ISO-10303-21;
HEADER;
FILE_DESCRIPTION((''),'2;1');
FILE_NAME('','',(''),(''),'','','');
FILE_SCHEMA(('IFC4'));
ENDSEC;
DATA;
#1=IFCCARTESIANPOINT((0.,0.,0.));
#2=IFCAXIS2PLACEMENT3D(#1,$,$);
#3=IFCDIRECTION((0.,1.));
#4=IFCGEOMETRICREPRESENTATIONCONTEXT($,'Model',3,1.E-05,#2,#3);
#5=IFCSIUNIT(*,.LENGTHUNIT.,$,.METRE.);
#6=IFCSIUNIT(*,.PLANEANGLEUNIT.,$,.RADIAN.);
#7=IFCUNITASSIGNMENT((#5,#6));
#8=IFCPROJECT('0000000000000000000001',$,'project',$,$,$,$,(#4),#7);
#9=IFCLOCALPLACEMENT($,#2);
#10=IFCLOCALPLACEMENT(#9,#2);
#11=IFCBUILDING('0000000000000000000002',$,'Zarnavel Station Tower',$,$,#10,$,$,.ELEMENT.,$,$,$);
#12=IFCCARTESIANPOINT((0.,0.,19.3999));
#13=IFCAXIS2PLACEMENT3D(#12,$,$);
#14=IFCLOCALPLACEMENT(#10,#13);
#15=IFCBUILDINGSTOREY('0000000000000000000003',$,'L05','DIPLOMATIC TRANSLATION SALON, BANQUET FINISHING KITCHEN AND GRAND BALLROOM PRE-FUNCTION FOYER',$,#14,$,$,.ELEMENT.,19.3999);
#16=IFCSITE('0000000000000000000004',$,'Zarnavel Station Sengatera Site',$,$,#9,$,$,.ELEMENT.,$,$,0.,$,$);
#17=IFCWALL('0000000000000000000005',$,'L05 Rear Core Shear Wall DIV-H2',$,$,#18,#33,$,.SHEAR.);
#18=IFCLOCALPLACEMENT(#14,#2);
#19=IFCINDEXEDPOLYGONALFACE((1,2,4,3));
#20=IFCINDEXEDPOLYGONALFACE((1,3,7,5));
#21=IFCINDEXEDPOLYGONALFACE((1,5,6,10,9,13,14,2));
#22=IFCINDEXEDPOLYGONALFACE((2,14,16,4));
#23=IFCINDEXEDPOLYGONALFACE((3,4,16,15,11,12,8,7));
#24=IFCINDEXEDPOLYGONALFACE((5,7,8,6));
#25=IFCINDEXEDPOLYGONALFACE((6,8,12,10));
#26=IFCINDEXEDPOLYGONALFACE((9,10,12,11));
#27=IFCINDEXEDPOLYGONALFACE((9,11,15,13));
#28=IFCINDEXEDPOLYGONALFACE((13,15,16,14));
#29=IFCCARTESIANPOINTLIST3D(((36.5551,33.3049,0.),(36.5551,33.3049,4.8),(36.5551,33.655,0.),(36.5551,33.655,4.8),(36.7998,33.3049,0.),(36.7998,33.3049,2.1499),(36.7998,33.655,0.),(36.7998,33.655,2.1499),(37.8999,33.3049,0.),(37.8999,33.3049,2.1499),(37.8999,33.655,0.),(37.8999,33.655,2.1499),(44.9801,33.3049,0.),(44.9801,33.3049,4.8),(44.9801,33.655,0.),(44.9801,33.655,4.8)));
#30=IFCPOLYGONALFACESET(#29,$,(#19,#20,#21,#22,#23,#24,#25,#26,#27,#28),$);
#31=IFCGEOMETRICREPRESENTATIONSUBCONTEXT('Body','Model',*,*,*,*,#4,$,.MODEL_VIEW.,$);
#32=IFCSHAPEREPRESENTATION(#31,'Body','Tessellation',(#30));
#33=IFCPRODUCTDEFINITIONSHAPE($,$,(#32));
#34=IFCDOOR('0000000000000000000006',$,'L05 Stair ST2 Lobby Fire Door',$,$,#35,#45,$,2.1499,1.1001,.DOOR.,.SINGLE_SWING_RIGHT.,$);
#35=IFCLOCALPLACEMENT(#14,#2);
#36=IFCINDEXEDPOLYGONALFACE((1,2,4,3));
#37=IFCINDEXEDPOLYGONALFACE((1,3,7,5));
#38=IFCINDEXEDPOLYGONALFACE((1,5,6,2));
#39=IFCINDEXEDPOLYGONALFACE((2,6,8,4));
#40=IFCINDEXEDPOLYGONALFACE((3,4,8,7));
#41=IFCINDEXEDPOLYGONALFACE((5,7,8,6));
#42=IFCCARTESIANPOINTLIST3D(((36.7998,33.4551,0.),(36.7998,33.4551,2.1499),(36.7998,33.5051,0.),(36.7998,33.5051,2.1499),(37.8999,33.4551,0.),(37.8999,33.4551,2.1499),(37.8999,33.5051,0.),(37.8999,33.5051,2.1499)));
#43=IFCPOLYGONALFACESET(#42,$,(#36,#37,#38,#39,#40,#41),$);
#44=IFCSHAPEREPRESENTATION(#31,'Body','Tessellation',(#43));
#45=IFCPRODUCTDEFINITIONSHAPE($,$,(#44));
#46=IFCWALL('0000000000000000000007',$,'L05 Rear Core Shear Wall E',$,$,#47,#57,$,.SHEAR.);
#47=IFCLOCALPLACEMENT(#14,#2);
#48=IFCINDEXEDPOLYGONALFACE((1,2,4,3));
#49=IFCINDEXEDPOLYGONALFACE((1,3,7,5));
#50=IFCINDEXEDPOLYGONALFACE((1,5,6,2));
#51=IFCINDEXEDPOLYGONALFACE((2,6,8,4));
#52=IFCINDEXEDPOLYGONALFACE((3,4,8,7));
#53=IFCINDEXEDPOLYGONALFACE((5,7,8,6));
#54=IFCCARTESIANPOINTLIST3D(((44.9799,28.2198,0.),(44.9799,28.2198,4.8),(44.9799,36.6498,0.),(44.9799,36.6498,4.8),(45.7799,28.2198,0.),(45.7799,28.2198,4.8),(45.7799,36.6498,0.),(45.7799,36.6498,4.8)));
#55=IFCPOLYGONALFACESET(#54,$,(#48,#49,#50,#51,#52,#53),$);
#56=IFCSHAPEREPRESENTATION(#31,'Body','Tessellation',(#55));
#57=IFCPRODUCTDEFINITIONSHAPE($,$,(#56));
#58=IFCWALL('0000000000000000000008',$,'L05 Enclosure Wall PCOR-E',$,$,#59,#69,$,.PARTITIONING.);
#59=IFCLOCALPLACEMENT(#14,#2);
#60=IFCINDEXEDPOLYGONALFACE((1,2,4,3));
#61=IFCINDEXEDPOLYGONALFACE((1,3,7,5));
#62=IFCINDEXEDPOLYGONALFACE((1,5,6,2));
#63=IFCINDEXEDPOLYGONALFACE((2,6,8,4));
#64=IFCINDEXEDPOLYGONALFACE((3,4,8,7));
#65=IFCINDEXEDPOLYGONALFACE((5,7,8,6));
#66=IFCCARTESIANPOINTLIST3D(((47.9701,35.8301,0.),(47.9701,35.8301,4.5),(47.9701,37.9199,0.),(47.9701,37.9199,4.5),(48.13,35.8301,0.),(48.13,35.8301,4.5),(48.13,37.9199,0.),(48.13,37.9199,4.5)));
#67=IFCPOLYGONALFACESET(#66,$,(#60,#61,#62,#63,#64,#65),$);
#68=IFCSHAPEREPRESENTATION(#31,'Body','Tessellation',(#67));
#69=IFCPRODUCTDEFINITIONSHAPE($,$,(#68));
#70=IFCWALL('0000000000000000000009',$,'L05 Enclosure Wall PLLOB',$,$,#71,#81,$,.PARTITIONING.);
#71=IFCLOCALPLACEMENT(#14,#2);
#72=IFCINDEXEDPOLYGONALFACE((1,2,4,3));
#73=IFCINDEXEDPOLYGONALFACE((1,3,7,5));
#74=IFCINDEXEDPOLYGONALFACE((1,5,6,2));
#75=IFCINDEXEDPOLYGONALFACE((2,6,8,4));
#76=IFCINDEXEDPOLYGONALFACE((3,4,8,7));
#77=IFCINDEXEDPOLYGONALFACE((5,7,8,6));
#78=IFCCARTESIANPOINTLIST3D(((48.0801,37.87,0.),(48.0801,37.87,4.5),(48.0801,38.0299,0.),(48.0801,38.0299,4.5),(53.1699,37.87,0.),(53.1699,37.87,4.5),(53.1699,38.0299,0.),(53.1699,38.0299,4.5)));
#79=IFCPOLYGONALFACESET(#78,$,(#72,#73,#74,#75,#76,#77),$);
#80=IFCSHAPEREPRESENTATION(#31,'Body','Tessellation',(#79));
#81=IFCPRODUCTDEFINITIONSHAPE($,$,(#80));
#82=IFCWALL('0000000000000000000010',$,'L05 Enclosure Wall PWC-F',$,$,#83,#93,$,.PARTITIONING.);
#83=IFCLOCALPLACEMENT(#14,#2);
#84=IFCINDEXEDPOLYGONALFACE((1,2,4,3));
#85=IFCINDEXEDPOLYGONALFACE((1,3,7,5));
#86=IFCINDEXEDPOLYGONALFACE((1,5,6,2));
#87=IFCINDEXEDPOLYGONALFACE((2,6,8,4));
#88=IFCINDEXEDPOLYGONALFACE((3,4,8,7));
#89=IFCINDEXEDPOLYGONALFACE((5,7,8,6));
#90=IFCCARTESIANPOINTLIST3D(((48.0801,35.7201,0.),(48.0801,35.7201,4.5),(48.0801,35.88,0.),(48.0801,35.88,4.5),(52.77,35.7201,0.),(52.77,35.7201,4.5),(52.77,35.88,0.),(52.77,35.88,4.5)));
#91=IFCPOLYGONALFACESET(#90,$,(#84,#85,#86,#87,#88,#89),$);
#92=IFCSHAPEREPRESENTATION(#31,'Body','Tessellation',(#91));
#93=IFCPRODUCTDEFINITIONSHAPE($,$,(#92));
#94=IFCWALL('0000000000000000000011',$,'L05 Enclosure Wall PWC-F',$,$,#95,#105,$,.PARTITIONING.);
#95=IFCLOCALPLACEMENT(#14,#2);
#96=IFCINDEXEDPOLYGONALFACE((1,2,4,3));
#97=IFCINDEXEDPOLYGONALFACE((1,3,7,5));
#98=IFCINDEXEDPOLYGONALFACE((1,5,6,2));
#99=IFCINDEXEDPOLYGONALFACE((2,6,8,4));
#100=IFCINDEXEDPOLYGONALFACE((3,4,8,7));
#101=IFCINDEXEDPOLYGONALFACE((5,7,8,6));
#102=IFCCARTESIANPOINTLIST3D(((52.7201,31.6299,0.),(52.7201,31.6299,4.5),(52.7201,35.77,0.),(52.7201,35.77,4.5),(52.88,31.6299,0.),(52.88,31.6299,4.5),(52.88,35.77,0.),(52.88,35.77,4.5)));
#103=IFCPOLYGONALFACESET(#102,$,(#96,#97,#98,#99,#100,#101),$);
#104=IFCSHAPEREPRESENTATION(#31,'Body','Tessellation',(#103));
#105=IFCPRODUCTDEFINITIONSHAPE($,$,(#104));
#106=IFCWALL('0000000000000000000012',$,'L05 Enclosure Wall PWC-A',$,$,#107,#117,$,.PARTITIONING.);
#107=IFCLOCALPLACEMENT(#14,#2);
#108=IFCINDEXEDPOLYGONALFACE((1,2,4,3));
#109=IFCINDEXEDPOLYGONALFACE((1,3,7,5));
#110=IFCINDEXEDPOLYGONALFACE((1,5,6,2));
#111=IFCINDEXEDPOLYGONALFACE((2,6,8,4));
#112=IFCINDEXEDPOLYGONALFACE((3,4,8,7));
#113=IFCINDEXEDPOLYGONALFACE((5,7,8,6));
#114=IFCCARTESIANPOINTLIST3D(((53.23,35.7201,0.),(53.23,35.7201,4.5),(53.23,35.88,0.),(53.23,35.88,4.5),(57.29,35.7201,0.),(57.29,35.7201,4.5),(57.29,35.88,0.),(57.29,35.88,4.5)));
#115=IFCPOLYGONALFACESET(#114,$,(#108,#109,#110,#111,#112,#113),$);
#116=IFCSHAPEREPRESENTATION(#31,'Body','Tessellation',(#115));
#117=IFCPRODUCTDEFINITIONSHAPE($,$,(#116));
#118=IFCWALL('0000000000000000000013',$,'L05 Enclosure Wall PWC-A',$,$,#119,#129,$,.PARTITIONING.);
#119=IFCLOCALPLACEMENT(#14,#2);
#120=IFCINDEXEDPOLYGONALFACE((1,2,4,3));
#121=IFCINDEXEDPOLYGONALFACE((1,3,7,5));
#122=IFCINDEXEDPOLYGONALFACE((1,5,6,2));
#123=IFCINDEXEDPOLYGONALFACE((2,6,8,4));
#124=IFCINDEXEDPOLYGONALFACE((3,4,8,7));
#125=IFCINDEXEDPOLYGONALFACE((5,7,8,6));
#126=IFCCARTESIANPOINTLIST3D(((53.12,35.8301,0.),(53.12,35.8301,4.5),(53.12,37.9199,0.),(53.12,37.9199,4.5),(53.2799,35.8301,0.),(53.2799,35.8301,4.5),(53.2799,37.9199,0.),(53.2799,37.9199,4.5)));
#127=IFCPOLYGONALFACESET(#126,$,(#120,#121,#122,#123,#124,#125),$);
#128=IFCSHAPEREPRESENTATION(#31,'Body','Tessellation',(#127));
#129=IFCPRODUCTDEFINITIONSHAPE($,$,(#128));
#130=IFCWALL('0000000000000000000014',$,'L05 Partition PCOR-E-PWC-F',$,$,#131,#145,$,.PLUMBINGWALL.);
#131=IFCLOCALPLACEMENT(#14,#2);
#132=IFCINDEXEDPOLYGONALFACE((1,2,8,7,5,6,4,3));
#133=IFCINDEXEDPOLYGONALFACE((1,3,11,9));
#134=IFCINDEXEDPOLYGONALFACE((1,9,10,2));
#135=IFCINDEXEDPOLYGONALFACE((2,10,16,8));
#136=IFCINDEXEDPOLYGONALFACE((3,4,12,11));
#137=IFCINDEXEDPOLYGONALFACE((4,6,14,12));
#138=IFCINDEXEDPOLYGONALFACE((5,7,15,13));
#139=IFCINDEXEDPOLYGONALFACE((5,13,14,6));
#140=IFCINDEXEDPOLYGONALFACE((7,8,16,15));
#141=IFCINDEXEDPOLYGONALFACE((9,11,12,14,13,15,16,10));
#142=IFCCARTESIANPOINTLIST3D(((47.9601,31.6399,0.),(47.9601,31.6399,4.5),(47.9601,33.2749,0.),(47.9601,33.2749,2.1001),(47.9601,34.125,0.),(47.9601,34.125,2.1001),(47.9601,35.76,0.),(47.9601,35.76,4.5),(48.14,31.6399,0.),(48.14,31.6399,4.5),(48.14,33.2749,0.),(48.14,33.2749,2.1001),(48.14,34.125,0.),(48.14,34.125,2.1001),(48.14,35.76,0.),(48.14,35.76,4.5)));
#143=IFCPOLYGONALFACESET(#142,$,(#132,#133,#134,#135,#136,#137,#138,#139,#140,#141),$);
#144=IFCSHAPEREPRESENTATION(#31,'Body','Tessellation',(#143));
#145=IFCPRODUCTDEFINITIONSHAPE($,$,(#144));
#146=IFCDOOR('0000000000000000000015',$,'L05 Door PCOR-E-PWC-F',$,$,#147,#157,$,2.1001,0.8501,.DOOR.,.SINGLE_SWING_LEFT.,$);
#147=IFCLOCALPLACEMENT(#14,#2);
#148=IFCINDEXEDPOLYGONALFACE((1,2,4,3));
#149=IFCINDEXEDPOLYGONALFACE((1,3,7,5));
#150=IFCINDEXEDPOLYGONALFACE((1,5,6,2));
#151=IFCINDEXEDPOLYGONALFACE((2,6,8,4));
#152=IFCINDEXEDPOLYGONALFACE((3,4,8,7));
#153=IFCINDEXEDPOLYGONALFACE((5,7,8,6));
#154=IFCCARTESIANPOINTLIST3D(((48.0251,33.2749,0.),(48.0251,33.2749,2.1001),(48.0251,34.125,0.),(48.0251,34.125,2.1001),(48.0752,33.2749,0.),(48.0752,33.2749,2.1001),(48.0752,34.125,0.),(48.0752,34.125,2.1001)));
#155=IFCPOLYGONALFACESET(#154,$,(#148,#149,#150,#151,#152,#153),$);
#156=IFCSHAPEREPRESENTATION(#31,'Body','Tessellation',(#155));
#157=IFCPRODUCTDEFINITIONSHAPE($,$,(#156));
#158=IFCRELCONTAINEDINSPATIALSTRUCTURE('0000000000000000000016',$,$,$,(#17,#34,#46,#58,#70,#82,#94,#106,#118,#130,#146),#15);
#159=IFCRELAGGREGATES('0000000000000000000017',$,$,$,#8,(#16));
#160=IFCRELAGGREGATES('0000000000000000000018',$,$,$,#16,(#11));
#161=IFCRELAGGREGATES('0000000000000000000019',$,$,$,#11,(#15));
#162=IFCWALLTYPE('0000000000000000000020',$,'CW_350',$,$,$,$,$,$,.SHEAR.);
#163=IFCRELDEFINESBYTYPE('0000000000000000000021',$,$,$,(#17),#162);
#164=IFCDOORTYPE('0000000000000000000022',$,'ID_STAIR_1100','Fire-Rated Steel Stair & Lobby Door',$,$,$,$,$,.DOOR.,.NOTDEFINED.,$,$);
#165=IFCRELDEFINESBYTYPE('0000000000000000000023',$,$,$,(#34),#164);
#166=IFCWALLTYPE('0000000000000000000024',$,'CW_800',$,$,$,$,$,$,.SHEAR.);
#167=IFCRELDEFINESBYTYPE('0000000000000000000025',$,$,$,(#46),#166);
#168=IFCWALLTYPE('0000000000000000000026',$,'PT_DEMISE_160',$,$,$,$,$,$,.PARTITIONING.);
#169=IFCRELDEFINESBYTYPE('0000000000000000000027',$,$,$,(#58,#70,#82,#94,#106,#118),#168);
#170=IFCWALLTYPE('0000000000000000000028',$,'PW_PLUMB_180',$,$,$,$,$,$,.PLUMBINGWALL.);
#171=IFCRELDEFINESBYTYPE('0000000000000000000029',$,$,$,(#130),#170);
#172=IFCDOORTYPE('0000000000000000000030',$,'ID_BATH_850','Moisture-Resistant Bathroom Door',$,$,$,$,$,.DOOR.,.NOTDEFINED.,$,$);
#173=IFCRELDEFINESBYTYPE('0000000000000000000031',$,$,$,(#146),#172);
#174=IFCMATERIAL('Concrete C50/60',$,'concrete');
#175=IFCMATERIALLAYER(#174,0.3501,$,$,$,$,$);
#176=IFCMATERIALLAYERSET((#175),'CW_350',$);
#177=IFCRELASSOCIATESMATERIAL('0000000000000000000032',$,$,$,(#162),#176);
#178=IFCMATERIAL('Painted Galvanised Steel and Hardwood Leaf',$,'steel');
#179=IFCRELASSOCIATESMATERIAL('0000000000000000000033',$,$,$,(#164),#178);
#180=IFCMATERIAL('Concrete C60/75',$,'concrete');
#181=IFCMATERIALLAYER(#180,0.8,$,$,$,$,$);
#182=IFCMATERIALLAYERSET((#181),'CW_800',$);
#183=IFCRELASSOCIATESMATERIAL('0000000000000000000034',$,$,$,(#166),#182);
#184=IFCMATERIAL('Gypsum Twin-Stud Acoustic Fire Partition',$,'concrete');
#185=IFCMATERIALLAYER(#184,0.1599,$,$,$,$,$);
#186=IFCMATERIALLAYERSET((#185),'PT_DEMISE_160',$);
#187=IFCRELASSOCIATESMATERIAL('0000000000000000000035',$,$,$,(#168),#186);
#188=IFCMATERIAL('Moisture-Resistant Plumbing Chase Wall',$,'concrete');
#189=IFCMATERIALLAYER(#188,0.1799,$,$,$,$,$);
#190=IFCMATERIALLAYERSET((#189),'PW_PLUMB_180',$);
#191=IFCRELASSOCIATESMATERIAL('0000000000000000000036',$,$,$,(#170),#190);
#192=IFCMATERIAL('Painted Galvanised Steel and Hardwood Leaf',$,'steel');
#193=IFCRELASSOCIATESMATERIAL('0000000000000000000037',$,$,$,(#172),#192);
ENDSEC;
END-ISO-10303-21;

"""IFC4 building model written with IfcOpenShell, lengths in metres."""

from ifc_helpers import new_model, si_unit, direction, frame, frame_2d, origin, place, context, subcontext, project, spatial, rectangle, extrude, material, layer, layer_set, type_object, element, fill, save


model = new_model("IFC4")

# Units and contexts
model_context = context("Model", 3, precision=1e-05, world=origin(), true_north=direction((0.0, 1.0)))
body_context = subcontext(model_context, "Body", "Model", "MODEL_VIEW")
ifc_project = project(units=[si_unit("LENGTHUNIT", "METRE"), si_unit("PLANEANGLEUNIT", "RADIAN")], contexts=[model_context])

# Site, building, storey
site_placement = place(None, origin())
site = spatial("IfcSite", under=ifc_project, at=site_placement, Name="Zarnavel Station Sengatera Site", CompositionType="ELEMENT", RefElevation=0.0)
building_placement = place(site_placement, origin())
building = spatial("IfcBuilding", under=site, at=building_placement, Name="Zarnavel Station Tower", CompositionType="ELEMENT")
storey_placement = place(building_placement, frame((0.0, 0.0, 19.3999)))
storey = spatial("IfcBuildingStorey", under=building, at=storey_placement, Name="L05", Description="DIPLOMATIC TRANSLATION SALON, BANQUET FINISHING KITCHEN AND GRAND BALLROOM PRE-FUNCTION FOYER", CompositionType="ELEMENT", Elevation=19.3999)

# Wall, opening, door
ifc_material_1 = material(Name="Concrete C50/60", Category="concrete")
ifc_layer_1 = layer(ifc_material_1, 0.3501)
ifc_layer_set_1 = layer_set([ifc_layer_1], Name="CW_350")
wall_type_1 = type_object("IfcWallType", Name="CW_350", PredefinedType="SHEAR", material=ifc_layer_set_1)
wall_1_placement = place(storey_placement, frame((44.98, 33.48, 0.0), z_axis=(0.0, 0.0, 1.0), x_axis=(-1.0, 0.0, 0.0)))
wall_1 = element("IfcWall", 1, at=wall_1_placement, inside=storey, type_object=wall_type_1, Name="L05 Rear Core Shear Wall DIV-H2", PredefinedType="SHEAR", context=body_context, shape_type="SweptSolid", body=[
    extrude(rectangle(XDim=8.425, YDim=0.3501, at=frame_2d((4.2124, 0.0))), origin(), (0.0, 0.0, 1.0), 4.8),
])
opening_1_placement = place(wall_1_placement, frame((7.0801, 0.0, 0.0)))
opening_1 = element("IfcOpeningElement", 2, at=opening_1_placement, cuts=wall_1, PredefinedType="OPENING", context=body_context, shape_type="SweptSolid", body=[
    extrude(rectangle(XDim=1.1001, YDim=2.1499, at=frame_2d((0.55, 1.075))), frame((0.0, 0.1851, 0.0), z_axis=(0.0, -1.0, 0.0), x_axis=(1.0, 0.0, 0.0)), (0.0, 0.0, 1.0), 0.3701),
])
ifc_material_2 = material(Name="Painted Galvanised Steel and Hardwood Leaf", Category="steel")
door_type_1 = type_object("IfcDoorType", Name="ID_STAIR_1100", Description="Fire-Rated Steel Stair & Lobby Door", OperationType="NOTDEFINED", PredefinedType="DOOR", material=ifc_material_2)
door_1_placement = place(opening_1_placement, origin())
door_1 = element("IfcDoor", 3, at=door_1_placement, inside=storey, type_object=door_type_1, Name="L05 Stair ST2 Lobby Fire Door", OperationType="SINGLE_SWING_RIGHT", OverallHeight=2.1499, OverallWidth=1.1001, PredefinedType="DOOR", context=body_context, shape_type="SweptSolid", body=[
    extrude(rectangle(XDim=1.1001, YDim=2.1499, at=frame_2d((0.55, 1.075))), frame((0.0, 0.0249, 0.0), z_axis=(0.0, -1.0, 0.0), x_axis=(1.0, 0.0, 0.0)), (0.0, 0.0, 1.0), 0.05),
])
fill(opening_1, door_1)

# Shared definitions
ifc_material_3 = material(Name="Concrete C60/75", Category="concrete")
ifc_layer_2 = layer(ifc_material_3, 0.8)
ifc_layer_set_2 = layer_set([ifc_layer_2], Name="CW_800")
wall_type_2 = type_object("IfcWallType", Name="CW_800", PredefinedType="SHEAR", material=ifc_layer_set_2)

# Walls
wall_2_placement = place(storey_placement, frame((45.3799, 28.22, 0.0), z_axis=(0.0, 0.0, 1.0), x_axis=(0.0, 1.0, 0.0)))
element("IfcWall", 4, at=wall_2_placement, inside=storey, type_object=wall_type_2, Name="L05 Rear Core Shear Wall E", PredefinedType="SHEAR", context=body_context, shape_type="SweptSolid", body=[
    extrude(rectangle(XDim=8.4299, YDim=0.8, at=frame_2d((4.2148, 0.0))), origin(), (0.0, 0.0, 1.0), 4.8),
])
ifc_material_4 = material(Name="Gypsum Twin-Stud Acoustic Fire Partition", Category="concrete")
ifc_layer_3 = layer(ifc_material_4, 0.1599)
ifc_layer_set_3 = layer_set([ifc_layer_3], Name="PT_DEMISE_160")
wall_type_3 = type_object("IfcWallType", Name="PT_DEMISE_160", PredefinedType="PARTITIONING", material=ifc_layer_set_3)
wall_3_placement = place(storey_placement, frame((48.05, 35.8301, 0.0), z_axis=(0.0, 0.0, 1.0), x_axis=(0.0, 1.0, 0.0)))
element("IfcWall", 5, at=wall_3_placement, inside=storey, type_object=wall_type_3, Name="L05 Enclosure Wall PCOR-E", PredefinedType="PARTITIONING", context=body_context, shape_type="SweptSolid", body=[
    extrude(rectangle(XDim=2.0898, YDim=0.1599, at=frame_2d((1.0449, 0.0))), origin(), (0.0, 0.0, 1.0), 4.5),
])
wall_4_placement = place(storey_placement, frame((48.0801, 37.95, 0.0), z_axis=(0.0, 0.0, 1.0), x_axis=(1.0, 0.0, 0.0)))
element("IfcWall", 6, at=wall_4_placement, inside=storey, type_object=wall_type_3, Name="L05 Enclosure Wall PLLOB", PredefinedType="PARTITIONING", context=body_context, shape_type="SweptSolid", body=[
    extrude(rectangle(XDim=5.0898, YDim=0.1599, at=frame_2d((2.5449, 0.0))), origin(), (0.0, 0.0, 1.0), 4.5),
])
wall_5_placement = place(storey_placement, frame((48.0801, 35.8, 0.0), z_axis=(0.0, 0.0, 1.0), x_axis=(1.0, 0.0, 0.0)))
element("IfcWall", 7, at=wall_5_placement, inside=storey, type_object=wall_type_3, Name="L05 Enclosure Wall PWC-F", PredefinedType="PARTITIONING", context=body_context, shape_type="SweptSolid", body=[
    extrude(rectangle(XDim=4.6899, YDim=0.1599, at=frame_2d((2.345, 0.0))), origin(), (0.0, 0.0, 1.0), 4.5),
])
wall_6_placement = place(storey_placement, frame((52.8, 31.6299, 0.0), z_axis=(0.0, 0.0, 1.0), x_axis=(0.0, 1.0, 0.0)))
element("IfcWall", 8, at=wall_6_placement, inside=storey, type_object=wall_type_3, Name="L05 Enclosure Wall PWC-F", PredefinedType="PARTITIONING", context=body_context, shape_type="SweptSolid", body=[
    extrude(rectangle(XDim=4.1401, YDim=0.1599, at=frame_2d((2.0701, 0.0))), origin(), (0.0, 0.0, 1.0), 4.5),
])
wall_7_placement = place(storey_placement, frame((53.23, 35.8, 0.0), z_axis=(0.0, 0.0, 1.0), x_axis=(1.0, 0.0, 0.0)))
element("IfcWall", 9, at=wall_7_placement, inside=storey, type_object=wall_type_3, Name="L05 Enclosure Wall PWC-A", PredefinedType="PARTITIONING", context=body_context, shape_type="SweptSolid", body=[
    extrude(rectangle(XDim=4.0601, YDim=0.1599, at=frame_2d((2.03, 0.0))), origin(), (0.0, 0.0, 1.0), 4.5),
])
wall_8_placement = place(storey_placement, frame((53.2, 35.8301, 0.0), z_axis=(0.0, 0.0, 1.0), x_axis=(0.0, 1.0, 0.0)))
element("IfcWall", 10, at=wall_8_placement, inside=storey, type_object=wall_type_3, Name="L05 Enclosure Wall PWC-A", PredefinedType="PARTITIONING", context=body_context, shape_type="SweptSolid", body=[
    extrude(rectangle(XDim=2.0898, YDim=0.1599, at=frame_2d((1.0449, 0.0))), origin(), (0.0, 0.0, 1.0), 4.5),
])

# Wall, opening, door
ifc_material_5 = material(Name="Moisture-Resistant Plumbing Chase Wall", Category="concrete")
ifc_layer_4 = layer(ifc_material_5, 0.1799)
ifc_layer_set_4 = layer_set([ifc_layer_4], Name="PW_PLUMB_180")
wall_type_4 = type_object("IfcWallType", Name="PW_PLUMB_180", PredefinedType="PLUMBINGWALL", material=ifc_layer_set_4)
wall_9_placement = place(storey_placement, frame((48.05, 31.6399, 0.0), z_axis=(0.0, 0.0, 1.0), x_axis=(0.0, 1.0, 0.0)))
wall_9 = element("IfcWall", 11, at=wall_9_placement, inside=storey, type_object=wall_type_4, Name="L05 Partition PCOR-E-PWC-F", PredefinedType="PLUMBINGWALL", context=body_context, shape_type="SweptSolid", body=[
    extrude(rectangle(XDim=4.1201, YDim=0.1799, at=frame_2d((2.0601, 0.0))), origin(), (0.0, 0.0, 1.0), 4.5),
])
opening_2_placement = place(wall_9_placement, frame((1.635, 0.0, 0.0)))
opening_2 = element("IfcOpeningElement", 12, at=opening_2_placement, cuts=wall_9, PredefinedType="OPENING", context=body_context, shape_type="SweptSolid", body=[
    extrude(rectangle(XDim=0.8501, YDim=2.1001, at=frame_2d((0.425, 1.05))), frame((0.0, 0.0999, 0.0), z_axis=(0.0, -1.0, 0.0), x_axis=(1.0, 0.0, 0.0)), (0.0, 0.0, 1.0), 0.2),
])
ifc_material_6 = material(Name="Painted Galvanised Steel and Hardwood Leaf", Category="steel")
door_type_2 = type_object("IfcDoorType", Name="ID_BATH_850", Description="Moisture-Resistant Bathroom Door", OperationType="NOTDEFINED", PredefinedType="DOOR", material=ifc_material_6)
door_2_placement = place(opening_2_placement, origin())
door_2 = element("IfcDoor", 13, at=door_2_placement, inside=storey, type_object=door_type_2, Name="L05 Door PCOR-E-PWC-F", OperationType="SINGLE_SWING_LEFT", OverallHeight=2.1001, OverallWidth=0.8501, PredefinedType="DOOR", context=body_context, shape_type="SweptSolid", body=[
    extrude(rectangle(XDim=0.8501, YDim=2.1001, at=frame_2d((0.425, 1.05))), frame((0.0, 0.0249, 0.0), z_axis=(0.0, -1.0, 0.0), x_axis=(1.0, 0.0, 0.0)), (0.0, 0.0, 1.0), 0.05),
])
fill(opening_2, door_2)

save(model, "model.ifc")
